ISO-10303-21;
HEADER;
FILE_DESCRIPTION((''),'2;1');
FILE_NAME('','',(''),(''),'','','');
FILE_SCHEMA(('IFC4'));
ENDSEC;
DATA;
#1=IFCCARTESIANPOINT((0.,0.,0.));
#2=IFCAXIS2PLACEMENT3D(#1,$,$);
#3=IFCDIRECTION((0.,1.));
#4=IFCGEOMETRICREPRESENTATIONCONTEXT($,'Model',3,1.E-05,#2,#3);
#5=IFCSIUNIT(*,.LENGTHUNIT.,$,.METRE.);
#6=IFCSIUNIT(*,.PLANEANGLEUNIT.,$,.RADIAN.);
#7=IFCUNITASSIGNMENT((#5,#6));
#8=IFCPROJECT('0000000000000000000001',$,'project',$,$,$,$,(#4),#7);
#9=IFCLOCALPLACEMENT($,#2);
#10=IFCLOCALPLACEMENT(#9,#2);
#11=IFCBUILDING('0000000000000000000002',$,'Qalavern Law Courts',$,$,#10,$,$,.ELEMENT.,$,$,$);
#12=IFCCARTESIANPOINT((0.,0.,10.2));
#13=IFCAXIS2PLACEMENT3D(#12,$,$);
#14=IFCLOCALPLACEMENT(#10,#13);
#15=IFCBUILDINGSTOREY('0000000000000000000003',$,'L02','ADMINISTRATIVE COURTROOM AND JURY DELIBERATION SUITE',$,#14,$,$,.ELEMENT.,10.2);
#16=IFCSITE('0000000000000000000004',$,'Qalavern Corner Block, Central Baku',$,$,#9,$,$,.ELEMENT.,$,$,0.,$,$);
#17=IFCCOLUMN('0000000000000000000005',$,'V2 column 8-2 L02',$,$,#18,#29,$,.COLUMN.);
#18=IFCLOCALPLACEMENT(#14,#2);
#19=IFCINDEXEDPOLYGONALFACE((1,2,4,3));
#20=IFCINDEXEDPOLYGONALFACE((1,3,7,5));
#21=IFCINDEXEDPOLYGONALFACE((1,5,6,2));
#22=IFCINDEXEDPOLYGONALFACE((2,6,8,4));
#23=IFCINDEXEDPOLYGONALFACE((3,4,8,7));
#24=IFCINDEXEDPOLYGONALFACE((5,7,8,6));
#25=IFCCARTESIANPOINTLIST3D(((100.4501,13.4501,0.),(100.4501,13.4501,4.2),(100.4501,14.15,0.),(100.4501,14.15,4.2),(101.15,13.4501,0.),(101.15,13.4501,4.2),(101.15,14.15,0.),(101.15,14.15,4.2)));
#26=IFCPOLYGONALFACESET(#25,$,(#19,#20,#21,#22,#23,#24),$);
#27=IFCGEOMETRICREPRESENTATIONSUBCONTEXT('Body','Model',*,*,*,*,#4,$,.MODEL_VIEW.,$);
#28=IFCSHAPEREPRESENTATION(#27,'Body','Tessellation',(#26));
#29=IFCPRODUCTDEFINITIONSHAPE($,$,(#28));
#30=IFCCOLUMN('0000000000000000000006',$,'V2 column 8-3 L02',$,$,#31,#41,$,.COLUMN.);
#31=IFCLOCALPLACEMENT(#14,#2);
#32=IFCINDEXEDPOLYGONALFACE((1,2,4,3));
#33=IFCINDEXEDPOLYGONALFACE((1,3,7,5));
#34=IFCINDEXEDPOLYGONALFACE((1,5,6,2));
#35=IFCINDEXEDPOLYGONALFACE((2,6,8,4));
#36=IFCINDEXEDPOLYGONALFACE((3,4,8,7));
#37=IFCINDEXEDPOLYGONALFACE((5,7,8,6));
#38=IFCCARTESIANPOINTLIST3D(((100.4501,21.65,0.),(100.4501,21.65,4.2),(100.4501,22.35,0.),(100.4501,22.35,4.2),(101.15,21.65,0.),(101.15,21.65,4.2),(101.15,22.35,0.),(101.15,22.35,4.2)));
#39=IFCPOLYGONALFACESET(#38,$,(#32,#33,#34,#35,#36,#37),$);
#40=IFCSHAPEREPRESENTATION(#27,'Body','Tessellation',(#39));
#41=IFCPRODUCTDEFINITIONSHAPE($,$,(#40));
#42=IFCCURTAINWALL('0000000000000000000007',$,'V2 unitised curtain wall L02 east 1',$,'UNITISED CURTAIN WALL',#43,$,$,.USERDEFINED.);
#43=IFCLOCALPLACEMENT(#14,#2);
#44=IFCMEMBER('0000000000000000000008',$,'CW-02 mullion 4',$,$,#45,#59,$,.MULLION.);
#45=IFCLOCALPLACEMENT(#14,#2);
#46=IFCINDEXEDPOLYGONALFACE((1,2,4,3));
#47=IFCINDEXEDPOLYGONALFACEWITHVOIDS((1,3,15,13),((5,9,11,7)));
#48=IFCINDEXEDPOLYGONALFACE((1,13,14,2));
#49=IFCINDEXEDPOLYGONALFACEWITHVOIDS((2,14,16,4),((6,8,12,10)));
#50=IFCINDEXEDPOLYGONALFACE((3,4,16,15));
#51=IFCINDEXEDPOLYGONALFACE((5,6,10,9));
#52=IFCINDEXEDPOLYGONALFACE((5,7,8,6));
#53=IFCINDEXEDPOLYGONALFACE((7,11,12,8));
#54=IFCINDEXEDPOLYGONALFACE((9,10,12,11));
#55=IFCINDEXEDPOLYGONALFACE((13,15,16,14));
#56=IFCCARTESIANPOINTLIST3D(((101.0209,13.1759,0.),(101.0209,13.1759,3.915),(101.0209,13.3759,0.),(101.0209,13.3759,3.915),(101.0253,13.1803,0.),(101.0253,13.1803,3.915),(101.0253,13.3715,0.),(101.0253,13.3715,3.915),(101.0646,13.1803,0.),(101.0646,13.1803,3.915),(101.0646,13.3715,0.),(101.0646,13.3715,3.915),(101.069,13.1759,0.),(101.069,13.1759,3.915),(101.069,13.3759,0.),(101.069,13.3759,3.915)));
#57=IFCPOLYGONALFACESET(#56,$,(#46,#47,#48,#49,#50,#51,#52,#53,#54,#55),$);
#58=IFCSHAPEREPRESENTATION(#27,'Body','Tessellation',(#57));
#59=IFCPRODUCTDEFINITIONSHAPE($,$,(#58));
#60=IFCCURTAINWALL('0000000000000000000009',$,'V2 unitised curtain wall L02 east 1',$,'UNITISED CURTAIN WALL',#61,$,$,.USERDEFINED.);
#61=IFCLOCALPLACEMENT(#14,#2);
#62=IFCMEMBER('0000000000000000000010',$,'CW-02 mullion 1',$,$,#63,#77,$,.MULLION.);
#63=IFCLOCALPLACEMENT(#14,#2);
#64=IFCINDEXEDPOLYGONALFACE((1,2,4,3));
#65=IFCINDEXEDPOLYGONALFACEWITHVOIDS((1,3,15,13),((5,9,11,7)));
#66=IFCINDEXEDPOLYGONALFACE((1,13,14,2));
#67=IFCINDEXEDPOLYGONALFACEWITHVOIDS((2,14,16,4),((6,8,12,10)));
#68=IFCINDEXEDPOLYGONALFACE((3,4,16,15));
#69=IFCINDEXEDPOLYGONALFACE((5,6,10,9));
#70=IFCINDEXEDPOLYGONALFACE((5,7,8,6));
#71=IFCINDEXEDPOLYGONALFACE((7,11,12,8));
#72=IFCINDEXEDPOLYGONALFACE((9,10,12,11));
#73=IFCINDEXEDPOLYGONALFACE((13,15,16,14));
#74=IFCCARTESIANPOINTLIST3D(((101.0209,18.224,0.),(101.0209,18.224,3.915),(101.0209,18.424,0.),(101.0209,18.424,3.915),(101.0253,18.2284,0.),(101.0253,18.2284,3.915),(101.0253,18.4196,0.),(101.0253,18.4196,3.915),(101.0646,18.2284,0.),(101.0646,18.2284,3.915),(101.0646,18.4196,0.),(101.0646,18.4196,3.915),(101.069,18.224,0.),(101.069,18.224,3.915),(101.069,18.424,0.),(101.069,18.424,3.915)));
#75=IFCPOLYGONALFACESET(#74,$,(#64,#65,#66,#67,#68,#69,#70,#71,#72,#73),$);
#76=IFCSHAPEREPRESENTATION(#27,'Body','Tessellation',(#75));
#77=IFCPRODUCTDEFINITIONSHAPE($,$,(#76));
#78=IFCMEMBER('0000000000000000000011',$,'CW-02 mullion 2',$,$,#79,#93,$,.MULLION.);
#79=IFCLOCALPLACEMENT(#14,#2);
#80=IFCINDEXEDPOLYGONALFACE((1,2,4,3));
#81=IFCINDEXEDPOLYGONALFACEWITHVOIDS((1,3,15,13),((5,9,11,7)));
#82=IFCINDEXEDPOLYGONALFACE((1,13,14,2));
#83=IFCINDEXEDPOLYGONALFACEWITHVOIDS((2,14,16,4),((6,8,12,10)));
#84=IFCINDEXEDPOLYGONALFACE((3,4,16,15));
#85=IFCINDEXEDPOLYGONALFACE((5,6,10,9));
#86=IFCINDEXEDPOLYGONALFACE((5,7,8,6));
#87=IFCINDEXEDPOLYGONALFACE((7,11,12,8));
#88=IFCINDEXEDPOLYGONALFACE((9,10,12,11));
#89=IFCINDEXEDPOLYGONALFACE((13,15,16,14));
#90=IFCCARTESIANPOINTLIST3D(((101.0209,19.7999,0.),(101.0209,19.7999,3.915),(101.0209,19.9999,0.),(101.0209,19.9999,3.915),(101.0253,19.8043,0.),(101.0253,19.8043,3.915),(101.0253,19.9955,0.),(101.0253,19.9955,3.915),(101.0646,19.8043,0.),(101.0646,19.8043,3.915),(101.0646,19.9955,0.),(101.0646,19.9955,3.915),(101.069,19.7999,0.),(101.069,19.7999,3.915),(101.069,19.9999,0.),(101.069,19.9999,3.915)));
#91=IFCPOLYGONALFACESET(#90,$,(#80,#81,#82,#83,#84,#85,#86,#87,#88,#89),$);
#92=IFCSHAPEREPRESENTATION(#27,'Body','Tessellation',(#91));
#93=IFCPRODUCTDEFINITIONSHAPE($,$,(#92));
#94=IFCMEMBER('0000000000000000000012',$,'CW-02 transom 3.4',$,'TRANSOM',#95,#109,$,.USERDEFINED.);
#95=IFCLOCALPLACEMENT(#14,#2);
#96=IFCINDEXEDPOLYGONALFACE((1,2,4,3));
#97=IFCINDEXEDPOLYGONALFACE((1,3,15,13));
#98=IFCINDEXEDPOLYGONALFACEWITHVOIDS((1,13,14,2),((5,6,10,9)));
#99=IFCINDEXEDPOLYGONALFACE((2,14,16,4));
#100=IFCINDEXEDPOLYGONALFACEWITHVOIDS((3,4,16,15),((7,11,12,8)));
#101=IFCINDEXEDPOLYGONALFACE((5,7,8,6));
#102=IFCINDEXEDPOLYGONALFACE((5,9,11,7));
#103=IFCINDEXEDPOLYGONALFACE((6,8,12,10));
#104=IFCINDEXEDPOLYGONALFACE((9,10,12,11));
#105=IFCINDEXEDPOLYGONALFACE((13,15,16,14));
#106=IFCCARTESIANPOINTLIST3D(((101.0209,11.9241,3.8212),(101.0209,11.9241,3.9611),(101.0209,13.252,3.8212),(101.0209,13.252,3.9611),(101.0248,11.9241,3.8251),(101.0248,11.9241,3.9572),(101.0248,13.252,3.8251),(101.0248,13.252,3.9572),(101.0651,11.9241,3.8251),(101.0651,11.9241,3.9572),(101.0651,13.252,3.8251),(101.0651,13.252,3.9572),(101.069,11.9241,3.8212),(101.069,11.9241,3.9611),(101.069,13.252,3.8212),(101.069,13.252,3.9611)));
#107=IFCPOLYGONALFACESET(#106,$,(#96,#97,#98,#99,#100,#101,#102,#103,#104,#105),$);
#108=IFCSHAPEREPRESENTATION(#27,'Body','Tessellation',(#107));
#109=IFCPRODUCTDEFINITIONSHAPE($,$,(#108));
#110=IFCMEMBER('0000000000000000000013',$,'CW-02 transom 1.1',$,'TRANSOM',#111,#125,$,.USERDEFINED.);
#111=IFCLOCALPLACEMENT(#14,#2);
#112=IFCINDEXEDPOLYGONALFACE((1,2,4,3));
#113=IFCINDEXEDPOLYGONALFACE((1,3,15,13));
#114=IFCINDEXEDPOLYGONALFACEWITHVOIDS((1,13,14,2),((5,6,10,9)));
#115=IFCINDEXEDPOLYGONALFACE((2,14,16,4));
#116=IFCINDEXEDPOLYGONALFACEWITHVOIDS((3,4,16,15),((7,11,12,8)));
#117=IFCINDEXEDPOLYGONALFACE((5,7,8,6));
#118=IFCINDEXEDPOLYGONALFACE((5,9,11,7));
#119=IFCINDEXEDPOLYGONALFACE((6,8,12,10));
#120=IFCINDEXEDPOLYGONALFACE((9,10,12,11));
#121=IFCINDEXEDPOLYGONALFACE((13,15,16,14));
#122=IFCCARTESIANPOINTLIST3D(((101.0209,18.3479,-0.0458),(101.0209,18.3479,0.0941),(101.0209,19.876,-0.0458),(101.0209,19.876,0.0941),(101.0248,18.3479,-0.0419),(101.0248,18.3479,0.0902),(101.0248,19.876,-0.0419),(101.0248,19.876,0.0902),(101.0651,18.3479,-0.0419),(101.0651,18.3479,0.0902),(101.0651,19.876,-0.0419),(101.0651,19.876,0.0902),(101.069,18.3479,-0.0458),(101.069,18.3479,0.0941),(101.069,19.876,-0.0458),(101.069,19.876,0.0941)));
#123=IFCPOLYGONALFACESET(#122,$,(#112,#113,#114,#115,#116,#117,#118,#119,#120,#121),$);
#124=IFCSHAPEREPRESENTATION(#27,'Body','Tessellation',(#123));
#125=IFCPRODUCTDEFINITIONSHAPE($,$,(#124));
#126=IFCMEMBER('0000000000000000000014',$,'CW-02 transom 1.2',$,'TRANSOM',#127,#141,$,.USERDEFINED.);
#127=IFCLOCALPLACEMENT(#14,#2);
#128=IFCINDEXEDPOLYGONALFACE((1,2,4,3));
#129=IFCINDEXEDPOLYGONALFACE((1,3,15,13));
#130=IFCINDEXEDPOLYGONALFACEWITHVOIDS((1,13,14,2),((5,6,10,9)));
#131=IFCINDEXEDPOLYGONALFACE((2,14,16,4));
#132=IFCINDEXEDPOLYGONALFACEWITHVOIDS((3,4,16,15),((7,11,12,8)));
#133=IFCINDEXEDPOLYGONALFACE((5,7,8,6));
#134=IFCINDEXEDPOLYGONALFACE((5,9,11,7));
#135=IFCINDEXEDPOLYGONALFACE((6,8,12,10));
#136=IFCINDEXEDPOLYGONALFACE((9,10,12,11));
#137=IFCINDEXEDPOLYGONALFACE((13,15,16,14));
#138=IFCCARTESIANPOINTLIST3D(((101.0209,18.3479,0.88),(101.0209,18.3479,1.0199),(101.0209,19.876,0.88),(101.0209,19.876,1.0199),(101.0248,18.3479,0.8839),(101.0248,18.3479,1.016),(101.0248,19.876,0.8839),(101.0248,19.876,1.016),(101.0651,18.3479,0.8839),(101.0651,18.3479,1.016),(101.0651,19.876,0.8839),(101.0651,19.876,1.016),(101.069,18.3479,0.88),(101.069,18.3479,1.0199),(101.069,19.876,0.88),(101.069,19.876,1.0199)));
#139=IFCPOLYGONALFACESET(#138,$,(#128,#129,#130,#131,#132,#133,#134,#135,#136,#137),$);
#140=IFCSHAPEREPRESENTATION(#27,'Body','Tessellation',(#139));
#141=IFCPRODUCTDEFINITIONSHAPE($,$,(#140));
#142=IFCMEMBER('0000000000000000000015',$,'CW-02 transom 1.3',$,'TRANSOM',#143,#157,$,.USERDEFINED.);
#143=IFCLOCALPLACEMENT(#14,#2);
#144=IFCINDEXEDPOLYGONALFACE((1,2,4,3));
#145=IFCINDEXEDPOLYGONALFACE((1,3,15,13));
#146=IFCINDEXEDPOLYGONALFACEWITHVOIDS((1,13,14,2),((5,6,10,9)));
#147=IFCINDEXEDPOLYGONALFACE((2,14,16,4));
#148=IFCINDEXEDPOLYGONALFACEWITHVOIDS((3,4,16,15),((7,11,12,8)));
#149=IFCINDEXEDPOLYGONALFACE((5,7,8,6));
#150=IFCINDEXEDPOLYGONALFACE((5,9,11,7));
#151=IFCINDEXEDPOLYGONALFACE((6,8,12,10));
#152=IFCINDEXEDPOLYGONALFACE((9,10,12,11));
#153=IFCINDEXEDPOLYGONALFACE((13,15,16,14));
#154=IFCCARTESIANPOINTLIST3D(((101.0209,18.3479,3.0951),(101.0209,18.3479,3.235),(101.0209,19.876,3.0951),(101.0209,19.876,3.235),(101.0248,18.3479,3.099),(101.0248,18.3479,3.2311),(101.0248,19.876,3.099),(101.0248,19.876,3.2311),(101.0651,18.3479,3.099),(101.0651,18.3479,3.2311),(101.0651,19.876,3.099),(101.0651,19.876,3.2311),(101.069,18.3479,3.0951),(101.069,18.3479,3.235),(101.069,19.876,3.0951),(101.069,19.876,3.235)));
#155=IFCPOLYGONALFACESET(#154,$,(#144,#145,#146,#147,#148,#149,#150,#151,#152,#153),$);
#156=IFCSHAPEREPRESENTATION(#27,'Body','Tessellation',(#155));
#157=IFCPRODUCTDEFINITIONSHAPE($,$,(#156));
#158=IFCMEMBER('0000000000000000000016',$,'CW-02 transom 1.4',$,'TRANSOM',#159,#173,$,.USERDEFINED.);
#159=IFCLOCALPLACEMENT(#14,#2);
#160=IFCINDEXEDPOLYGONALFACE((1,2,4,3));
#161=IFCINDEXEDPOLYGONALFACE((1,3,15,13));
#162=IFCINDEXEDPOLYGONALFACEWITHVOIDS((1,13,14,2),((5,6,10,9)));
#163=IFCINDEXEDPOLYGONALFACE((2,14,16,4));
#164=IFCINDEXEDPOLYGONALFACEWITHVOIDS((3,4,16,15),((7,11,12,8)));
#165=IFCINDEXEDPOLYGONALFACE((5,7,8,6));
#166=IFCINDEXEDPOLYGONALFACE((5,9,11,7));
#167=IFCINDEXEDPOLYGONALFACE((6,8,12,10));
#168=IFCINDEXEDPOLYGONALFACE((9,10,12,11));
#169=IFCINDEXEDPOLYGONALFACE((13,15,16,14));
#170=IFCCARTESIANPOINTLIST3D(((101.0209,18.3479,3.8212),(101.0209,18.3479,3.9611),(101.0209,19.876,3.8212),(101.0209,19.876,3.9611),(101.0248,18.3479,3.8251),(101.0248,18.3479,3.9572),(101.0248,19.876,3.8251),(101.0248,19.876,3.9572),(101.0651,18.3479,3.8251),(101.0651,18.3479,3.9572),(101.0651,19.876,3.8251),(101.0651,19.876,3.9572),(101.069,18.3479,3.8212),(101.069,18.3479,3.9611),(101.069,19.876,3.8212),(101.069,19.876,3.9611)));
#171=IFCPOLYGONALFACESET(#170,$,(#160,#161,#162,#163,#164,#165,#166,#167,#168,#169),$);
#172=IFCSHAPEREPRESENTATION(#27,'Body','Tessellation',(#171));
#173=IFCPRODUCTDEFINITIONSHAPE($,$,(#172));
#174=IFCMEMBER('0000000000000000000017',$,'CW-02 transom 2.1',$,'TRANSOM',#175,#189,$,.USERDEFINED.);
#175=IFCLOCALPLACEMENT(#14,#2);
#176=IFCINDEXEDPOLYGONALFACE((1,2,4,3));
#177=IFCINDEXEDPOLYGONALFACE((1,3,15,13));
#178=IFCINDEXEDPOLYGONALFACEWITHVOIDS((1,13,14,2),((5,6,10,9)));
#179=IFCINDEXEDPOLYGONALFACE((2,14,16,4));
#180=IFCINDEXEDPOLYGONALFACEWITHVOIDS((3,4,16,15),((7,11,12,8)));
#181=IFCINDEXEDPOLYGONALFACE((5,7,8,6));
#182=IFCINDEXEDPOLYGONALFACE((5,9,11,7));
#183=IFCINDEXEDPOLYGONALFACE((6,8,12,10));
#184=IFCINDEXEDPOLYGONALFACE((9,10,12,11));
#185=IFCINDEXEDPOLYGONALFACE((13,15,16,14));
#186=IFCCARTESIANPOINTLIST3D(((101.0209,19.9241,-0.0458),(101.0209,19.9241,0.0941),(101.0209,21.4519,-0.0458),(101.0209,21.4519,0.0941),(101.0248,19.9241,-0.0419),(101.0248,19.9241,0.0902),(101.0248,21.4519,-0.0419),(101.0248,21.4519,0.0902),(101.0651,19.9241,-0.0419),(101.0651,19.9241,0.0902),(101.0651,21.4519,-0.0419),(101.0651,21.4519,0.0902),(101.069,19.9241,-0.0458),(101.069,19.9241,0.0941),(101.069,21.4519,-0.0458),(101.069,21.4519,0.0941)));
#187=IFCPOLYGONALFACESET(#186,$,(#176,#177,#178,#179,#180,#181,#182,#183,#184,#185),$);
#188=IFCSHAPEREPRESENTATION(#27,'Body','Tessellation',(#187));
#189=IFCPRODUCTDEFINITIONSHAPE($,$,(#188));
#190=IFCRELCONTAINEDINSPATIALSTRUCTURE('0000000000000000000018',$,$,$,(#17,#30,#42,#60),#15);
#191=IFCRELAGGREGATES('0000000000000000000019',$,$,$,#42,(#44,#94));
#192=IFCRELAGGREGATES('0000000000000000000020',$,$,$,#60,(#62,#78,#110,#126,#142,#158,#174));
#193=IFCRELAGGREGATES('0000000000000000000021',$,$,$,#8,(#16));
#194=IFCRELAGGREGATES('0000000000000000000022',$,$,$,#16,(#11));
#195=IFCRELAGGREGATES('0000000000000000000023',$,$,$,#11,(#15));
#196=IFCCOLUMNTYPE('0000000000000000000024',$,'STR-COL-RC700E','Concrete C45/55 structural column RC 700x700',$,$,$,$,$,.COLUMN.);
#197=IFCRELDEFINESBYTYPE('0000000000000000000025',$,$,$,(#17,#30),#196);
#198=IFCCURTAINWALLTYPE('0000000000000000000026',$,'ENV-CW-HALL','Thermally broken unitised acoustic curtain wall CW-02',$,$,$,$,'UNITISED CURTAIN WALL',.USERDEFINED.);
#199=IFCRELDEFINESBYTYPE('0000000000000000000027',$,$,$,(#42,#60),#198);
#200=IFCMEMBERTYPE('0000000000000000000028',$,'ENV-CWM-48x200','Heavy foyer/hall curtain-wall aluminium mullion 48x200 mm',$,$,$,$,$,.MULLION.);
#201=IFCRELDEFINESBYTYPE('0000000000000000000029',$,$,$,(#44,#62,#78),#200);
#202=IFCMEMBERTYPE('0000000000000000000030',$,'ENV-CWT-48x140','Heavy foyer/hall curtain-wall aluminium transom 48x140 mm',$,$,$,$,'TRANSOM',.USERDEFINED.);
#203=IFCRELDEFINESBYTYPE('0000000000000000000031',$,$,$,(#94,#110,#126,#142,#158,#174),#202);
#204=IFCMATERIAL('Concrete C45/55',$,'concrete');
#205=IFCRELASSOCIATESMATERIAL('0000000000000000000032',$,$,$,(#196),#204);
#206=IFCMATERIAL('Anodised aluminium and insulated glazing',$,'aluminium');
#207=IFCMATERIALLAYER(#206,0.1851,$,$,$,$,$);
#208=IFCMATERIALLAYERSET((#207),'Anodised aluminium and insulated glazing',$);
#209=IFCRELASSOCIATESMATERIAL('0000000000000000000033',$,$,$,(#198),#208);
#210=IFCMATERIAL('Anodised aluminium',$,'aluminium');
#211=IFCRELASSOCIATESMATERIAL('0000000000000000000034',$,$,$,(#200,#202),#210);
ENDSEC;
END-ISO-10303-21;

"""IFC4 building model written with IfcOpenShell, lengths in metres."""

from ifc_helpers import new_model, si_unit, direction, frame, origin, origin_2d, place, context, subcontext, project, spatial, rectangle, hollow_rectangle, extrude, material, layer, layer_set, material_profile, profile_set, type_object, element, aggregate, save


model = new_model("IFC4")

# Units and contexts
model_context = context("Model", 3, precision=1e-05, world=origin(), true_north=direction((0.0, 1.0)))
body_context = subcontext(model_context, "Body", "Model", "MODEL_VIEW")
ifc_project = project(units=[si_unit("LENGTHUNIT", "METRE"), si_unit("PLANEANGLEUNIT", "RADIAN")], contexts=[model_context])

# Site, building, storey
site_placement = place(None, origin())
site = spatial("IfcSite", under=ifc_project, at=site_placement, Name="Qalavern Corner Block, Central Baku", CompositionType="ELEMENT", RefElevation=0.0)
building_placement = place(site_placement, origin())
building = spatial("IfcBuilding", under=site, at=building_placement, Name="Qalavern Law Courts", CompositionType="ELEMENT")
storey_placement = place(building_placement, frame((0.0, 0.0, 10.2)))
storey = spatial("IfcBuildingStorey", under=building, at=storey_placement, Name="L02", Description="ADMINISTRATIVE COURTROOM AND JURY DELIBERATION SUITE", CompositionType="ELEMENT", Elevation=10.2)

# Columns
ifc_material_1 = material(Name="Concrete C45/55", Category="concrete")
ifc_material_profile_1 = material_profile(ifc_material_1, rectangle(XDim=0.7, YDim=0.7, at=origin_2d()), Name="RC 700x700")
ifc_profile_set_1 = profile_set([ifc_material_profile_1], Name="Concrete C45/55")
column_type = type_object("IfcColumnType", Name="STR-COL-RC700E", Description="Concrete C45/55 structural column RC 700x700", PredefinedType="COLUMN", material=ifc_profile_set_1)
for number, where, z_axis, x_axis, name in (
    (1, (100.8, 13.8, 0.0), (0.0, 0.0, 1.0), (1.0, 0.0, 0.0), "V2 column 8-2 L02"),
    (2, (100.8, 22.0, 0.0), (0.0, 0.0, 1.0), (1.0, 0.0, 0.0), "V2 column 8-3 L02"),
):
    element("IfcColumn", number, at=place(storey_placement, frame(where, z_axis=z_axis, x_axis=x_axis)), inside=storey, type_object=column_type, Name=name, PredefinedType="COLUMN", context=body_context, shape_type="SweptSolid", body=[
        extrude(rectangle(XDim=0.7, YDim=0.7, at=origin_2d()), origin(), (0.0, 0.0, 1.0), 4.2),
    ])

# Curtain wall, member
ifc_material_2 = material(Name="Anodised aluminium and insulated glazing", Category="aluminium")
ifc_layer_1 = layer(ifc_material_2, 0.1851)
ifc_layer_set_1 = layer_set([ifc_layer_1], Name="Anodised aluminium and insulated glazing")
curtain_wall_type = type_object("IfcCurtainWallType", Name="ENV-CW-HALL", Description="Thermally broken unitised acoustic curtain wall CW-02", ElementType="UNITISED CURTAIN WALL", PredefinedType="USERDEFINED", material=ifc_layer_set_1)
curtain_wall_1_placement = place(storey_placement, origin())
curtain_wall_1 = element("IfcCurtainWall", 3, at=curtain_wall_1_placement, inside=storey, type_object=curtain_wall_type, Name="V2 unitised curtain wall L02 east 1", ObjectType="UNITISED CURTAIN WALL", PredefinedType="USERDEFINED")
ifc_material_3 = material(Name="Anodised aluminium", Category="aluminium")
ifc_material_profile_2 = material_profile(ifc_material_3, hollow_rectangle(XDim=0.0481, YDim=0.2, WallThickness=0.0044, at=origin_2d()), Name="ALU MULLION 48x200")
ifc_profile_set_2 = profile_set([ifc_material_profile_2], Name="Anodised aluminium")
member_type_1 = type_object("IfcMemberType", Name="ENV-CWM-48x200", Description="Heavy foyer/hall curtain-wall aluminium mullion 48x200 mm", PredefinedType="MULLION", material=ifc_profile_set_2)
member_1_placement = place(storey_placement, frame((101.0449, 13.2759, 0.0), z_axis=(0.0, 0.0, 1.0), x_axis=(-1.0, 0.0, 0.0)))
member_1 = element("IfcMember", 4, at=member_1_placement, type_object=member_type_1, Name="CW-02 mullion 4", PredefinedType="MULLION", context=body_context, shape_type="SweptSolid", body=[
    extrude(hollow_rectangle(XDim=0.0481, YDim=0.2, WallThickness=0.0044, at=origin_2d()), origin(), (0.0, 0.0, 1.0), 3.915),
])

# Curtain wall, members
curtain_wall_2_placement = place(storey_placement, origin())
curtain_wall_2 = element("IfcCurtainWall", 5, at=curtain_wall_2_placement, inside=storey, type_object=curtain_wall_type, Name="V2 unitised curtain wall L02 east 1", ObjectType="UNITISED CURTAIN WALL", PredefinedType="USERDEFINED")
member_2_placement = place(storey_placement, frame((101.0449, 18.324, 0.0), z_axis=(0.0, 0.0, 1.0), x_axis=(-1.0, 0.0, 0.0)))
member_2 = element("IfcMember", 6, at=member_2_placement, type_object=member_type_1, Name="CW-02 mullion 1", PredefinedType="MULLION", context=body_context, shape_type="SweptSolid", body=[
    extrude(hollow_rectangle(XDim=0.0481, YDim=0.2, WallThickness=0.0044, at=origin_2d()), origin(), (0.0, 0.0, 1.0), 3.915),
])
member_3_placement = place(storey_placement, frame((101.0449, 19.8999, 0.0), z_axis=(0.0, 0.0, 1.0), x_axis=(-1.0, 0.0, 0.0)))
member_3 = element("IfcMember", 7, at=member_3_placement, type_object=member_type_1, Name="CW-02 mullion 2", PredefinedType="MULLION", context=body_context, shape_type="SweptSolid", body=[
    extrude(hollow_rectangle(XDim=0.0481, YDim=0.2, WallThickness=0.0044, at=origin_2d()), origin(), (0.0, 0.0, 1.0), 3.915),
])

# Members
ifc_material_profile_3 = material_profile(ifc_material_3, hollow_rectangle(XDim=0.0481, YDim=0.1399, WallThickness=0.0039, at=origin_2d()), Name="ALU TRANSOM 48x140")
ifc_profile_set_3 = profile_set([ifc_material_profile_3], Name="Anodised aluminium")
member_type_2 = type_object("IfcMemberType", Name="ENV-CWT-48x140", Description="Heavy foyer/hall curtain-wall aluminium transom 48x140 mm", ElementType="TRANSOM", PredefinedType="USERDEFINED", material=ifc_profile_set_3)
member_4_placement = place(storey_placement, frame((101.0449, 11.9241, 3.8911), z_axis=(0.0, 1.0, 0.0), x_axis=(-1.0, 0.0, 0.0)))
member_4 = element("IfcMember", 8, at=member_4_placement, type_object=member_type_2, Name="CW-02 transom 3.4", ObjectType="TRANSOM", PredefinedType="USERDEFINED", context=body_context, shape_type="SweptSolid", body=[
    extrude(hollow_rectangle(XDim=0.0481, YDim=0.1399, WallThickness=0.0039, at=origin_2d()), origin(), (0.0, 0.0, 1.0), 1.3279),
])
member_5_placement = place(storey_placement, frame((101.0449, 18.3479, 0.0242), z_axis=(0.0, 1.0, 0.0), x_axis=(-1.0, 0.0, 0.0)))
member_5 = element("IfcMember", 9, at=member_5_placement, type_object=member_type_2, Name="CW-02 transom 1.1", ObjectType="TRANSOM", PredefinedType="USERDEFINED", context=body_context, shape_type="SweptSolid", body=[
    extrude(hollow_rectangle(XDim=0.0481, YDim=0.1399, WallThickness=0.0039, at=origin_2d()), origin(), (0.0, 0.0, 1.0), 1.5281),
])
member_6_placement = place(storey_placement, frame((101.0449, 18.3479, 0.95), z_axis=(0.0, 1.0, 0.0), x_axis=(-1.0, 0.0, 0.0)))
member_6 = element("IfcMember", 10, at=member_6_placement, type_object=member_type_2, Name="CW-02 transom 1.2", ObjectType="TRANSOM", PredefinedType="USERDEFINED", context=body_context, shape_type="SweptSolid", body=[
    extrude(hollow_rectangle(XDim=0.0481, YDim=0.1399, WallThickness=0.0039, at=origin_2d()), origin(), (0.0, 0.0, 1.0), 1.5281),
])
member_7_placement = place(storey_placement, frame((101.0449, 18.3479, 3.165), z_axis=(0.0, 1.0, 0.0), x_axis=(-1.0, 0.0, 0.0)))
member_7 = element("IfcMember", 11, at=member_7_placement, type_object=member_type_2, Name="CW-02 transom 1.3", ObjectType="TRANSOM", PredefinedType="USERDEFINED", context=body_context, shape_type="SweptSolid", body=[
    extrude(hollow_rectangle(XDim=0.0481, YDim=0.1399, WallThickness=0.0039, at=origin_2d()), origin(), (0.0, 0.0, 1.0), 1.5281),
])
member_8_placement = place(storey_placement, frame((101.0449, 18.3479, 3.8911), z_axis=(0.0, 1.0, 0.0), x_axis=(-1.0, 0.0, 0.0)))
member_8 = element("IfcMember", 12, at=member_8_placement, type_object=member_type_2, Name="CW-02 transom 1.4", ObjectType="TRANSOM", PredefinedType="USERDEFINED", context=body_context, shape_type="SweptSolid", body=[
    extrude(hollow_rectangle(XDim=0.0481, YDim=0.1399, WallThickness=0.0039, at=origin_2d()), origin(), (0.0, 0.0, 1.0), 1.5281),
])
member_9_placement = place(storey_placement, frame((101.0449, 19.9241, 0.0242), z_axis=(0.0, 1.0, 0.0), x_axis=(-1.0, 0.0, 0.0)))
member_9 = element("IfcMember", 13, at=member_9_placement, type_object=member_type_2, Name="CW-02 transom 2.1", ObjectType="TRANSOM", PredefinedType="USERDEFINED", context=body_context, shape_type="SweptSolid", body=[
    extrude(hollow_rectangle(XDim=0.0481, YDim=0.1399, WallThickness=0.0039, at=origin_2d()), origin(), (0.0, 0.0, 1.0), 1.5278),
])

aggregate(curtain_wall_1, [member_1, member_4])
aggregate(curtain_wall_2, [member_2, member_3, member_5, member_6, member_7, member_8, member_9])

save(model, "model.ifc")
